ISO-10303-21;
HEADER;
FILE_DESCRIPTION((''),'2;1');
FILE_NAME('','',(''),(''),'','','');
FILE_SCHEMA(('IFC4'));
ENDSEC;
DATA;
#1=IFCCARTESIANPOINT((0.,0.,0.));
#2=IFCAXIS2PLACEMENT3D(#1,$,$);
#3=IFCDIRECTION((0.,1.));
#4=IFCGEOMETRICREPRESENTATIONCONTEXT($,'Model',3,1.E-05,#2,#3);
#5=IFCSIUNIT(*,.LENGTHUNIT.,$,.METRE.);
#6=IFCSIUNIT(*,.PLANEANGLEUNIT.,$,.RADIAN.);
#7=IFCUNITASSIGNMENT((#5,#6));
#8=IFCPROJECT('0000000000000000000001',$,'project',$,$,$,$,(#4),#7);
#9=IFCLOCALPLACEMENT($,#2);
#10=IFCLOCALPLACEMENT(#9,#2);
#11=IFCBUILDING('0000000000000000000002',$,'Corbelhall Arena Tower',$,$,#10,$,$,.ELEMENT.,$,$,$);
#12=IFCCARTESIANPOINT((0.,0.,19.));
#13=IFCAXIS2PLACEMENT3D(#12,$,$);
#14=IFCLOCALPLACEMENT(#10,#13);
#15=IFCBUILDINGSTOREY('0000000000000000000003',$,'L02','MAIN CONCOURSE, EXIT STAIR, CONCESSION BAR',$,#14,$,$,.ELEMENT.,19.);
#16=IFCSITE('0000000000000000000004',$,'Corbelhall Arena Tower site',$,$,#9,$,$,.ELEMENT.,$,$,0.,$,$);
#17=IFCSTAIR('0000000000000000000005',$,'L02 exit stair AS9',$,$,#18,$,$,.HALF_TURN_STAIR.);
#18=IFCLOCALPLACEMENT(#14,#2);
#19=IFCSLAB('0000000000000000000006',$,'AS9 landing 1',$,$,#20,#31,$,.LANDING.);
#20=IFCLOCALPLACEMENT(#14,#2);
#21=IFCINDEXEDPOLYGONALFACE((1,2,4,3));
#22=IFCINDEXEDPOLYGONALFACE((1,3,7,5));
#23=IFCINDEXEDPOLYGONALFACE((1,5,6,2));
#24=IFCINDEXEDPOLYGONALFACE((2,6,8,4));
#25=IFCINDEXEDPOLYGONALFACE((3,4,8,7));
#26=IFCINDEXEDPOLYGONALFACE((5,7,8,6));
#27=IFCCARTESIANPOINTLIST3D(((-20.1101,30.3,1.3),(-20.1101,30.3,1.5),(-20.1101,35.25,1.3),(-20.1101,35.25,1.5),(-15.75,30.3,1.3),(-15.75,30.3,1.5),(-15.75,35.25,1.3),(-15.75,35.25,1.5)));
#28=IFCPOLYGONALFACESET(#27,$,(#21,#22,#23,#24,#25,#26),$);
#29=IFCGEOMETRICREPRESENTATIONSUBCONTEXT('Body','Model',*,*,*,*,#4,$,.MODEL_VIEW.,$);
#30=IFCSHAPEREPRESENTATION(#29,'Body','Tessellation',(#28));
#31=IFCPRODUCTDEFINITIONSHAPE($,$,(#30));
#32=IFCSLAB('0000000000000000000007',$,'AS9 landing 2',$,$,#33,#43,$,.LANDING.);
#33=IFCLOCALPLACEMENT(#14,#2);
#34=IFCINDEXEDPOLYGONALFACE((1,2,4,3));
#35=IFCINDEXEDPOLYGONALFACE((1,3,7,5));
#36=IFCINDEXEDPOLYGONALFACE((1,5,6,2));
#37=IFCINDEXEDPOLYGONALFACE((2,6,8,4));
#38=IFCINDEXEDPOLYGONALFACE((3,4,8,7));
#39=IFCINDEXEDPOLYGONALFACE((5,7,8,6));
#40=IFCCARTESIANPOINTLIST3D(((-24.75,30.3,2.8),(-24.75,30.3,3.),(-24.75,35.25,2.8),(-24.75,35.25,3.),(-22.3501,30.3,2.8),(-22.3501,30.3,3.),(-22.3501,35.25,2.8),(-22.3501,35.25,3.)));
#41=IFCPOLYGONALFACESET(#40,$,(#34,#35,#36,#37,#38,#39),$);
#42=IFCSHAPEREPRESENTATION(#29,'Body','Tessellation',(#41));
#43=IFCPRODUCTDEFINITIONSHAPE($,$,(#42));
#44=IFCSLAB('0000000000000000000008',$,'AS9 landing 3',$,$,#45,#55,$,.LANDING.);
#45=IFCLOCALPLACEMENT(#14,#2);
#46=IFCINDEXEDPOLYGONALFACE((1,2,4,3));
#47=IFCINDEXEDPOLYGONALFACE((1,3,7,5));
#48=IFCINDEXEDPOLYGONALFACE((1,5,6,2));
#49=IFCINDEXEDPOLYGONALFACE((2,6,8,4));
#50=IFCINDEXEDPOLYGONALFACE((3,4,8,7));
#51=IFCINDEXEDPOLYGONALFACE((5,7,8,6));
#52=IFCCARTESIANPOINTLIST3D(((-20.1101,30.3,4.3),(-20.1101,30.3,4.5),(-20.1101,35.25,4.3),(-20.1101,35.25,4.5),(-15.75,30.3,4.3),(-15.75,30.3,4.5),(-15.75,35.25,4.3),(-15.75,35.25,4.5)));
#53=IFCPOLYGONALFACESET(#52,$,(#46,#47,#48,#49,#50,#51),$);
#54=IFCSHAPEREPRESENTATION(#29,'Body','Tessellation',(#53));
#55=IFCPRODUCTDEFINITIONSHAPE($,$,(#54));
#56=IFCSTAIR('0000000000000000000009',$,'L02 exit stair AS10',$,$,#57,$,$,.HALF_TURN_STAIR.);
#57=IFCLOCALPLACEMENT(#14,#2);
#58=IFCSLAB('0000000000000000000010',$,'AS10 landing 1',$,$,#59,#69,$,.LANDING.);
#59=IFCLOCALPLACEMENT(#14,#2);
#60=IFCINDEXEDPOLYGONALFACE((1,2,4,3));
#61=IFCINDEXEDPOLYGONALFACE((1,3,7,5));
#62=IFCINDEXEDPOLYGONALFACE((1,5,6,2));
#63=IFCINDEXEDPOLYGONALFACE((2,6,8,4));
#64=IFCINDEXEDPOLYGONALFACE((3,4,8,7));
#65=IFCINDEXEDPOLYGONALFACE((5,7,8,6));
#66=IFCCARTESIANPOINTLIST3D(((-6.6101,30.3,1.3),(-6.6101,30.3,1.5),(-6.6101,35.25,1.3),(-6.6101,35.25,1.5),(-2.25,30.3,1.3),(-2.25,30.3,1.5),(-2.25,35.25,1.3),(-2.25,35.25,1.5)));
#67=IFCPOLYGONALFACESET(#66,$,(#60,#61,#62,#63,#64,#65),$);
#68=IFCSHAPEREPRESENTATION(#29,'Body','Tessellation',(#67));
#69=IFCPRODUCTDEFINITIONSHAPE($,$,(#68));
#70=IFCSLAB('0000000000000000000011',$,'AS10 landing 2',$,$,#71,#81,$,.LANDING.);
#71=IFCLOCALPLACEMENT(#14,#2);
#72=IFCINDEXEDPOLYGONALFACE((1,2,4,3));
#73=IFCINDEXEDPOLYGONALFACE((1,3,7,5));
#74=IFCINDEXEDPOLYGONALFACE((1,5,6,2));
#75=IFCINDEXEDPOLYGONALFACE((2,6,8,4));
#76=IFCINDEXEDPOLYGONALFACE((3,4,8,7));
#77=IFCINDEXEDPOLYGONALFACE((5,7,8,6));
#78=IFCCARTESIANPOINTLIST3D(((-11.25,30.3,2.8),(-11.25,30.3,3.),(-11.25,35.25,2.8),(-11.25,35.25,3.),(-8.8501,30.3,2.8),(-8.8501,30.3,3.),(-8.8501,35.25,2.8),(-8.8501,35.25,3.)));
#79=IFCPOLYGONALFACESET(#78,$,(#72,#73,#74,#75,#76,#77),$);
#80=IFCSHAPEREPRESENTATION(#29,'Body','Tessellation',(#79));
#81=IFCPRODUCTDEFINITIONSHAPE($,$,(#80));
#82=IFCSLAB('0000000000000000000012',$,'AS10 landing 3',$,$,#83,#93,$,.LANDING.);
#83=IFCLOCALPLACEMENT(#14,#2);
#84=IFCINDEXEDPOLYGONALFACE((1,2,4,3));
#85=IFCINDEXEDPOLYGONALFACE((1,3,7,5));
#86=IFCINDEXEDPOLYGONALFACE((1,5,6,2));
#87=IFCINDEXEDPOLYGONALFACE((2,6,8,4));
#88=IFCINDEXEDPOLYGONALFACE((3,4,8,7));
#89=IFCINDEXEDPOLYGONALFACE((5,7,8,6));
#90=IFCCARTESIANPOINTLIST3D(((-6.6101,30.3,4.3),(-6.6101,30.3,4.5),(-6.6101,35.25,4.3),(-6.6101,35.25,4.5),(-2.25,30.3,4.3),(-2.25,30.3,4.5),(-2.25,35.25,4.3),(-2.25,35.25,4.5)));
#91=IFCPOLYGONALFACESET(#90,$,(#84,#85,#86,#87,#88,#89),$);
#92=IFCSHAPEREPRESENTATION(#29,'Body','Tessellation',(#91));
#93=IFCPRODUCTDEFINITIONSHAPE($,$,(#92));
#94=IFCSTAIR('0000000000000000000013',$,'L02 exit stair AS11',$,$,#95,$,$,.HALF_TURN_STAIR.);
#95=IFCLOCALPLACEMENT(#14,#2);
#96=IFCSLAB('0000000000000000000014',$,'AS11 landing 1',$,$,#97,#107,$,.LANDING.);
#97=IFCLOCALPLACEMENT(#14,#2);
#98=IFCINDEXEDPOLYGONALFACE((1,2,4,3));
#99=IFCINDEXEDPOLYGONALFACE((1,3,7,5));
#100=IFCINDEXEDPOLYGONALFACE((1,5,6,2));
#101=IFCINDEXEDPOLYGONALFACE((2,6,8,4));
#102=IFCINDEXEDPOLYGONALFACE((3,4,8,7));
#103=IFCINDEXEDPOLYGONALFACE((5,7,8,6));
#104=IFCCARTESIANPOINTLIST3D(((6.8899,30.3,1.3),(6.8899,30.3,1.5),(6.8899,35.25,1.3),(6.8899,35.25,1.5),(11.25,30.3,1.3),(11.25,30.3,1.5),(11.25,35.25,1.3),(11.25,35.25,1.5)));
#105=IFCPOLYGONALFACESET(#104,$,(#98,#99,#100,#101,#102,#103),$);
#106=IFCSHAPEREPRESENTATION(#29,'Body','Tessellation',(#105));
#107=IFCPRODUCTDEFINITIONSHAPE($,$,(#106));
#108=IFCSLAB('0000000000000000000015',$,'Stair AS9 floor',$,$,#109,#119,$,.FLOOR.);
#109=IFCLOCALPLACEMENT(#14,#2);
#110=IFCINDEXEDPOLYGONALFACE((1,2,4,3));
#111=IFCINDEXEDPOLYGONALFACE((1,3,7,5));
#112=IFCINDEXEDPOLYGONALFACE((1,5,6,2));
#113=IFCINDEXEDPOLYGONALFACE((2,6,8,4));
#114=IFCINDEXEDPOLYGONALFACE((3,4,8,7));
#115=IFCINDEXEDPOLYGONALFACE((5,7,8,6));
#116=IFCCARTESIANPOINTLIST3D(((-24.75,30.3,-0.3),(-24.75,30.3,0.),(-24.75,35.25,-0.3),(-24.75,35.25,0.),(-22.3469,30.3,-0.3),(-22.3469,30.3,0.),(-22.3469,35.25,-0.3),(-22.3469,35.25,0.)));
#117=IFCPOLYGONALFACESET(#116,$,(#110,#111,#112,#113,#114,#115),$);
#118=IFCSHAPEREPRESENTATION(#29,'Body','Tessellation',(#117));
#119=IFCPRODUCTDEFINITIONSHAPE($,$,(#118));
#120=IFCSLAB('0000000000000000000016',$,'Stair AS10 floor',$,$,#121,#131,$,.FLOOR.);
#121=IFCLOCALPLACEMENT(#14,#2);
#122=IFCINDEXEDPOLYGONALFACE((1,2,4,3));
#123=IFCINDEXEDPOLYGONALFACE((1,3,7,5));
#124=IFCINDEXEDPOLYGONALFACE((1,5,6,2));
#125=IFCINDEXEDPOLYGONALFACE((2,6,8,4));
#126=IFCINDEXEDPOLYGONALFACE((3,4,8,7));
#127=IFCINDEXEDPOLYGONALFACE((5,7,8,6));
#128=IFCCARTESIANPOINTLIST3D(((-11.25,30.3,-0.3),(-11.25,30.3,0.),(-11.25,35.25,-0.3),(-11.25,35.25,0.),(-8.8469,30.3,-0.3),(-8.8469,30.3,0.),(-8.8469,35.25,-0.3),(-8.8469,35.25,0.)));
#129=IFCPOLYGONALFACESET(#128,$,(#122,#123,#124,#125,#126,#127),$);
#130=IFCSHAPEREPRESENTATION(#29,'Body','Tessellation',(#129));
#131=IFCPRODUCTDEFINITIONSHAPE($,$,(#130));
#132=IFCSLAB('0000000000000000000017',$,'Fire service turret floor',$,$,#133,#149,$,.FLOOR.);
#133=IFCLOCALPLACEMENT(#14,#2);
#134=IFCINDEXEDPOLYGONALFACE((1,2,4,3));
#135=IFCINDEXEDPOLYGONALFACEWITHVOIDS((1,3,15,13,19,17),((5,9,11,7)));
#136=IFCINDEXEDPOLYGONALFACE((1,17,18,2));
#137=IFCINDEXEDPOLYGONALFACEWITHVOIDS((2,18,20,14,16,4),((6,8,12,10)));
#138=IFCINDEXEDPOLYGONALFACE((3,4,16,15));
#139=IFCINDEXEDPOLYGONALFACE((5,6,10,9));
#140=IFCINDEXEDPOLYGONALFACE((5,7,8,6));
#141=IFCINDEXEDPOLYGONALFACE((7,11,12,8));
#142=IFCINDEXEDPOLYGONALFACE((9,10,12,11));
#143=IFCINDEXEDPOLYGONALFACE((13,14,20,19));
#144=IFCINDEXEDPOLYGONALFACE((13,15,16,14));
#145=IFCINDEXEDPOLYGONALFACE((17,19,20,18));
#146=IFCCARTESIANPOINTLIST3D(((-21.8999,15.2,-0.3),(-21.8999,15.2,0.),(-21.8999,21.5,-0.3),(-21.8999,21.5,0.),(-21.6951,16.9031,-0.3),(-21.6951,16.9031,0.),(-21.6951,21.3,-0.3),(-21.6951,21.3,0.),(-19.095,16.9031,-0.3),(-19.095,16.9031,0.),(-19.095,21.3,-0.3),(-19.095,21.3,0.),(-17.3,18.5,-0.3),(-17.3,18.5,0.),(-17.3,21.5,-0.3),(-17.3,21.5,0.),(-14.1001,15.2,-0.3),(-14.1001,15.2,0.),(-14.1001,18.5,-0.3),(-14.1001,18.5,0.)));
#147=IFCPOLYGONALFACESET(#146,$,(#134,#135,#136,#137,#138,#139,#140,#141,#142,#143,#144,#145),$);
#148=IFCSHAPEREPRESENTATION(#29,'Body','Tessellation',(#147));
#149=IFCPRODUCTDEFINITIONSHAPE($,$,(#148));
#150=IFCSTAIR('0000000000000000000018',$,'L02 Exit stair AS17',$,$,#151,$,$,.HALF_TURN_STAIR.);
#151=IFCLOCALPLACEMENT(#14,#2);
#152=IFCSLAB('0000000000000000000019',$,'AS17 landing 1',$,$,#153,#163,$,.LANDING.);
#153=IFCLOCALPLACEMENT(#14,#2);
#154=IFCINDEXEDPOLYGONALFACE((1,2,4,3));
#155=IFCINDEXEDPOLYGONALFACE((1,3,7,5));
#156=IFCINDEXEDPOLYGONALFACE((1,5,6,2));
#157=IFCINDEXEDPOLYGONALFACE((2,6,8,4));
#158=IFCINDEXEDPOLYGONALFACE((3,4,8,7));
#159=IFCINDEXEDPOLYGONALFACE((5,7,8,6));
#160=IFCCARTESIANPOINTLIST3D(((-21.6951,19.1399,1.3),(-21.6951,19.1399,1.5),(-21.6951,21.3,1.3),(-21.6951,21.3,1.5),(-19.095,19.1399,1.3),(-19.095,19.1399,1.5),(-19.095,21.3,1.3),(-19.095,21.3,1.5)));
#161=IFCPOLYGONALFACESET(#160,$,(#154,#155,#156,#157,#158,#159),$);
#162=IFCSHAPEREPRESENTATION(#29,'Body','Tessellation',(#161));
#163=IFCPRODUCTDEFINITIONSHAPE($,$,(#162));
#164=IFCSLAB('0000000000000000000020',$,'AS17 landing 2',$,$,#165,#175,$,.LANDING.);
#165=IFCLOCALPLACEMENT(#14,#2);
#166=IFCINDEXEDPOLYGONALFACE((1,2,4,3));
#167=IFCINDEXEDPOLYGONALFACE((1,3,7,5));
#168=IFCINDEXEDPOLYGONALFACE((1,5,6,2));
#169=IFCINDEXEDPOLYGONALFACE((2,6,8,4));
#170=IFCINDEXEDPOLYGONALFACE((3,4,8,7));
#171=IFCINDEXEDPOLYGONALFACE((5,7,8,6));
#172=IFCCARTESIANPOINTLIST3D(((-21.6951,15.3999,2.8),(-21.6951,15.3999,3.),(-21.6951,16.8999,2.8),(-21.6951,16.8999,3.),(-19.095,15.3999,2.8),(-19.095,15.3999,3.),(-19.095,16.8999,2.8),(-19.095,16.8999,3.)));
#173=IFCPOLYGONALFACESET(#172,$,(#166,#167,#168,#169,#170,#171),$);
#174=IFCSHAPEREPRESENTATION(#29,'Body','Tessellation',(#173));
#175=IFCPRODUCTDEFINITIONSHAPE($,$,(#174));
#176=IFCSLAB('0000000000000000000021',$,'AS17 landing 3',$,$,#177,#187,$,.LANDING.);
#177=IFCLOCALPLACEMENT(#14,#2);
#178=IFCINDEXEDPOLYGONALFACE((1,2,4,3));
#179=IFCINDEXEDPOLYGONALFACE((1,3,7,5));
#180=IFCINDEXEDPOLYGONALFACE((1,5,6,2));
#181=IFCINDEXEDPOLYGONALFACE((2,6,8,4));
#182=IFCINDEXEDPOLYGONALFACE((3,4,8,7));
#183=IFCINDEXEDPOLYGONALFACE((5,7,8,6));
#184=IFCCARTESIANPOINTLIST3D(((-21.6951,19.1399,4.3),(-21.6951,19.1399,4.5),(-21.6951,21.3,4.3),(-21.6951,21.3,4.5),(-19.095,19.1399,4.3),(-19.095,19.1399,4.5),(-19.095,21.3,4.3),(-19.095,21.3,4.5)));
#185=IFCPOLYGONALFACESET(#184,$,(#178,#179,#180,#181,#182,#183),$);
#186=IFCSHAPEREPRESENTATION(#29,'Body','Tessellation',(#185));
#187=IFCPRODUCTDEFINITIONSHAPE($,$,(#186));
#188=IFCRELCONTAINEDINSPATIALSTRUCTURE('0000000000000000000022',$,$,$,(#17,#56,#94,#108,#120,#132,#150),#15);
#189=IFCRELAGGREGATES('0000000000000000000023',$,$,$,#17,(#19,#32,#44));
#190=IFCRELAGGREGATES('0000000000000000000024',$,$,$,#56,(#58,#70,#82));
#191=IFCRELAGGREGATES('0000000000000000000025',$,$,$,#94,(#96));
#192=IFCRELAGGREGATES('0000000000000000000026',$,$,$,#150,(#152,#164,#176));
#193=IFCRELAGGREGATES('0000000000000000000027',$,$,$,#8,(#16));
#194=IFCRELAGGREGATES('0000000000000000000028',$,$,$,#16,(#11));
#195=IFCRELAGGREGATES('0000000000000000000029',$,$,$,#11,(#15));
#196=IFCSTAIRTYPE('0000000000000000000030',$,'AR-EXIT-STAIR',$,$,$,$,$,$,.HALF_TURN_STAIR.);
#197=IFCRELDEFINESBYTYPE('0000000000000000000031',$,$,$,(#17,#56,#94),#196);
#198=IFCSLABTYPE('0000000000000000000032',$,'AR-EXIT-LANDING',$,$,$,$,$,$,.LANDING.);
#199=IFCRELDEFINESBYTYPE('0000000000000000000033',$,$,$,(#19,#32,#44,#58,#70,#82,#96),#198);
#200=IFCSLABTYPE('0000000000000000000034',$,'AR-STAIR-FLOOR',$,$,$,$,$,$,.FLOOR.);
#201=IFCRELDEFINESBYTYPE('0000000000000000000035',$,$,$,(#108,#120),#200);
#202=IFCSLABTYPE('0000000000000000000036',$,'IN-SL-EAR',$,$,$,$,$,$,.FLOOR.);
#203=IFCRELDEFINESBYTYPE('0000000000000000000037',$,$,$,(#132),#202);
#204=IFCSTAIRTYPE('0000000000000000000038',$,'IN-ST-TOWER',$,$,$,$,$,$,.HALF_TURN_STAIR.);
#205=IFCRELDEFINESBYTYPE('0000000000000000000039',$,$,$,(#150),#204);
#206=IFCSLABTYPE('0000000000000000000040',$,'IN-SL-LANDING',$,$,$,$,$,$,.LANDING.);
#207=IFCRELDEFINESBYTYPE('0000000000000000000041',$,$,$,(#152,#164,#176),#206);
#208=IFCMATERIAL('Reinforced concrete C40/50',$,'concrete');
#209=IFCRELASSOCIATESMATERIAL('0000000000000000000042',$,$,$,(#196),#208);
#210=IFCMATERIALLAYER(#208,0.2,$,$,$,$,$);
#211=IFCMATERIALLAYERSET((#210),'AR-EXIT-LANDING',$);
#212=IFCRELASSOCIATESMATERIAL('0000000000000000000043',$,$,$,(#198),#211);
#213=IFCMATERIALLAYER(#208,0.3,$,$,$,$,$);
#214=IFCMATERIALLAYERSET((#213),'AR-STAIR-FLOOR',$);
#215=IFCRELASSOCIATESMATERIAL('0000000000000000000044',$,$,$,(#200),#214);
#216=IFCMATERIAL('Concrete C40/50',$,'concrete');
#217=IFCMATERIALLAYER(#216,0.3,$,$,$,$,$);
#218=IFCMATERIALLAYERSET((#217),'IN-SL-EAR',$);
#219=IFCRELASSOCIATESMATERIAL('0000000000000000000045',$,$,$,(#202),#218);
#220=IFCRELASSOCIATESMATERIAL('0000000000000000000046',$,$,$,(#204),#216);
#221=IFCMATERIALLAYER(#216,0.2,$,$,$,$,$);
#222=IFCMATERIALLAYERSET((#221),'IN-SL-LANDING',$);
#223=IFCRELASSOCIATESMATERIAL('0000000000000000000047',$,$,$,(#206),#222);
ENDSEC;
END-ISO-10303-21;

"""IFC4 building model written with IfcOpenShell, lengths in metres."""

from ifc_helpers import new_model, si_unit, direction, frame, origin, place, context, subcontext, project, spatial, polyline, outline, extrude, material, layer, layer_set, type_object, element, aggregate, save


model = new_model("IFC4")

# Units and contexts
model_context = context("Model", 3, precision=1e-05, world=origin(), true_north=direction((0.0, 1.0)))
body_context = subcontext(model_context, "Body", "Model", "MODEL_VIEW")
ifc_project = project(units=[si_unit("LENGTHUNIT", "METRE"), si_unit("PLANEANGLEUNIT", "RADIAN")], contexts=[model_context])

# Site, building, storey
site_placement = place(None, origin())
site = spatial("IfcSite", under=ifc_project, at=site_placement, Name="Corbelhall Arena Tower site", CompositionType="ELEMENT", RefElevation=0.0)
building_placement = place(site_placement, origin())
building = spatial("IfcBuilding", under=site, at=building_placement, Name="Corbelhall Arena Tower", CompositionType="ELEMENT")
storey_placement = place(building_placement, frame((0.0, 0.0, 19.0)))
storey = spatial("IfcBuildingStorey", under=building, at=storey_placement, Name="L02", Description="MAIN CONCOURSE, EXIT STAIR, CONCESSION BAR", CompositionType="ELEMENT", Elevation=19.0)

# Stairs, slabs
ifc_material_1 = material(Name="Reinforced concrete C40/50", Category="concrete")
stair_type_1 = type_object("IfcStairType", Name="AR-EXIT-STAIR", PredefinedType="HALF_TURN_STAIR", material=ifc_material_1)
stair_1_placement = place(storey_placement, origin())
stair_1 = element("IfcStair", 1, at=stair_1_placement, inside=storey, type_object=stair_type_1, Name="L02 exit stair AS9", PredefinedType="HALF_TURN_STAIR")
ifc_layer_1 = layer(ifc_material_1, 0.2)
ifc_layer_set_1 = layer_set([ifc_layer_1], Name="AR-EXIT-LANDING")
slab_type_1 = type_object("IfcSlabType", Name="AR-EXIT-LANDING", PredefinedType="LANDING", material=ifc_layer_set_1)
slab_1_placement = place(storey_placement, frame((0.0, 0.0, 1.3)))
slab_1 = element("IfcSlab", 2, at=slab_1_placement, type_object=slab_type_1, Name="AS9 landing 1", PredefinedType="LANDING", context=body_context, shape_type="SweptSolid", body=[
    extrude(outline(polyline([(-20.1101, 30.3), (-15.75, 30.3), (-15.75, 35.25), (-20.1101, 35.25), (-20.1101, 30.3)])), origin(), (0.0, 0.0, 1.0), 0.2),
])
slab_2_placement = place(storey_placement, frame((0.0, 0.0, 2.8)))
slab_2 = element("IfcSlab", 3, at=slab_2_placement, type_object=slab_type_1, Name="AS9 landing 2", PredefinedType="LANDING", context=body_context, shape_type="SweptSolid", body=[
    extrude(outline(polyline([(-24.75, 30.3), (-22.3501, 30.3), (-22.3501, 35.25), (-24.75, 35.25), (-24.75, 30.3)])), origin(), (0.0, 0.0, 1.0), 0.2),
])
slab_3_placement = place(storey_placement, frame((0.0, 0.0, 4.3)))
slab_3 = element("IfcSlab", 4, at=slab_3_placement, type_object=slab_type_1, Name="AS9 landing 3", PredefinedType="LANDING", context=body_context, shape_type="SweptSolid", body=[
    extrude(outline(polyline([(-20.1101, 30.3), (-15.75, 30.3), (-15.75, 35.25), (-20.1101, 35.25), (-20.1101, 30.3)])), origin(), (0.0, 0.0, 1.0), 0.2),
])
aggregate(stair_1, [slab_1, slab_2, slab_3])
stair_2_placement = place(storey_placement, origin())
stair_2 = element("IfcStair", 5, at=stair_2_placement, inside=storey, type_object=stair_type_1, Name="L02 exit stair AS10", PredefinedType="HALF_TURN_STAIR")
slab_4_placement = place(storey_placement, frame((0.0, 0.0, 1.3)))
slab_4 = element("IfcSlab", 6, at=slab_4_placement, type_object=slab_type_1, Name="AS10 landing 1", PredefinedType="LANDING", context=body_context, shape_type="SweptSolid", body=[
    extrude(outline(polyline([(-6.6101, 30.3), (-2.25, 30.3), (-2.25, 35.25), (-6.6101, 35.25), (-6.6101, 30.3)])), origin(), (0.0, 0.0, 1.0), 0.2),
])
slab_5_placement = place(storey_placement, frame((0.0, 0.0, 2.8)))
slab_5 = element("IfcSlab", 7, at=slab_5_placement, type_object=slab_type_1, Name="AS10 landing 2", PredefinedType="LANDING", context=body_context, shape_type="SweptSolid", body=[
    extrude(outline(polyline([(-11.25, 30.3), (-8.8501, 30.3), (-8.8501, 35.25), (-11.25, 35.25), (-11.25, 30.3)])), origin(), (0.0, 0.0, 1.0), 0.2),
])
slab_6_placement = place(storey_placement, frame((0.0, 0.0, 4.3)))
slab_6 = element("IfcSlab", 8, at=slab_6_placement, type_object=slab_type_1, Name="AS10 landing 3", PredefinedType="LANDING", context=body_context, shape_type="SweptSolid", body=[
    extrude(outline(polyline([(-6.6101, 30.3), (-2.25, 30.3), (-2.25, 35.25), (-6.6101, 35.25), (-6.6101, 30.3)])), origin(), (0.0, 0.0, 1.0), 0.2),
])
aggregate(stair_2, [slab_4, slab_5, slab_6])

# Stair, slab
stair_3_placement = place(storey_placement, origin())
stair_3 = element("IfcStair", 9, at=stair_3_placement, inside=storey, type_object=stair_type_1, Name="L02 exit stair AS11", PredefinedType="HALF_TURN_STAIR")
slab_7_placement = place(storey_placement, frame((0.0, 0.0, 1.3)))
slab_7 = element("IfcSlab", 10, at=slab_7_placement, type_object=slab_type_1, Name="AS11 landing 1", PredefinedType="LANDING", context=body_context, shape_type="SweptSolid", body=[
    extrude(outline(polyline([(6.8899, 30.3), (11.25, 30.3), (11.25, 35.25), (6.8899, 35.25), (6.8899, 30.3)])), origin(), (0.0, 0.0, 1.0), 0.2),
])
aggregate(stair_3, [slab_7])

# Slabs
ifc_layer_2 = layer(ifc_material_1, 0.3)
ifc_layer_set_2 = layer_set([ifc_layer_2], Name="AR-STAIR-FLOOR")
slab_type_2 = type_object("IfcSlabType", Name="AR-STAIR-FLOOR", PredefinedType="FLOOR", material=ifc_layer_set_2)
slab_8_placement = place(storey_placement, frame((0.0, 0.0, -0.3)))
element("IfcSlab", 11, at=slab_8_placement, inside=storey, type_object=slab_type_2, Name="Stair AS9 floor", PredefinedType="FLOOR", context=body_context, shape_type="SweptSolid", body=[
    extrude(outline(polyline([(-24.75, 30.3), (-24.75, 35.25), (-22.3469, 35.25), (-22.3469, 30.3), (-24.75, 30.3)])), origin(), (0.0, 0.0, 1.0), 0.3),
])
slab_9_placement = place(storey_placement, frame((0.0, 0.0, -0.3)))
element("IfcSlab", 12, at=slab_9_placement, inside=storey, type_object=slab_type_2, Name="Stair AS10 floor", PredefinedType="FLOOR", context=body_context, shape_type="SweptSolid", body=[
    extrude(outline(polyline([(-11.25, 30.3), (-11.25, 35.25), (-8.8469, 35.25), (-8.8469, 30.3), (-11.25, 30.3)])), origin(), (0.0, 0.0, 1.0), 0.3),
])
ifc_material_2 = material(Name="Concrete C40/50", Category="concrete")
ifc_layer_3 = layer(ifc_material_2, 0.3)
ifc_layer_set_3 = layer_set([ifc_layer_3], Name="IN-SL-EAR")
slab_type_3 = type_object("IfcSlabType", Name="IN-SL-EAR", PredefinedType="FLOOR", material=ifc_layer_set_3)
slab_10_placement = place(storey_placement, frame((0.0, 0.0, -0.3)))
element("IfcSlab", 13, at=slab_10_placement, inside=storey, type_object=slab_type_3, Name="Fire service turret floor", PredefinedType="FLOOR", context=body_context, shape_type="SweptSolid", body=[
    extrude(outline(polyline([(-21.8999, 15.2), (-14.1001, 15.2), (-14.1001, 18.5), (-17.3, 18.5), (-17.3, 21.5), (-21.8999, 21.5), (-21.8999, 15.2)]), holes=[polyline([(-19.095, 21.3), (-21.6951, 21.3), (-21.6951, 16.9031), (-19.095, 16.9031), (-19.095, 21.3)])]), origin(), (0.0, 0.0, 1.0), 0.3),
])

# Stair, slabs
stair_type_2 = type_object("IfcStairType", Name="IN-ST-TOWER", PredefinedType="HALF_TURN_STAIR", material=ifc_material_2)
stair_4_placement = place(storey_placement, origin())
stair_4 = element("IfcStair", 14, at=stair_4_placement, inside=storey, type_object=stair_type_2, Name="L02 Exit stair AS17", PredefinedType="HALF_TURN_STAIR")
ifc_layer_4 = layer(ifc_material_2, 0.2)
ifc_layer_set_4 = layer_set([ifc_layer_4], Name="IN-SL-LANDING")
slab_type_4 = type_object("IfcSlabType", Name="IN-SL-LANDING", PredefinedType="LANDING", material=ifc_layer_set_4)
slab_11_placement = place(storey_placement, frame((0.0, 0.0, 1.3)))
slab_11 = element("IfcSlab", 15, at=slab_11_placement, type_object=slab_type_4, Name="AS17 landing 1", PredefinedType="LANDING", context=body_context, shape_type="SweptSolid", body=[
    extrude(outline(polyline([(-19.095, 19.1399), (-19.095, 21.3), (-21.6951, 21.3), (-21.6951, 19.1399), (-19.095, 19.1399)])), origin(), (0.0, 0.0, 1.0), 0.2),
])
slab_12_placement = place(storey_placement, frame((0.0, 0.0, 2.8)))
slab_12 = element("IfcSlab", 16, at=slab_12_placement, type_object=slab_type_4, Name="AS17 landing 2", PredefinedType="LANDING", context=body_context, shape_type="SweptSolid", body=[
    extrude(outline(polyline([(-19.095, 15.3999), (-19.095, 16.8999), (-21.6951, 16.8999), (-21.6951, 15.3999), (-19.095, 15.3999)])), origin(), (0.0, 0.0, 1.0), 0.2),
])
slab_13_placement = place(storey_placement, frame((0.0, 0.0, 4.3)))
slab_13 = element("IfcSlab", 17, at=slab_13_placement, type_object=slab_type_4, Name="AS17 landing 3", PredefinedType="LANDING", context=body_context, shape_type="SweptSolid", body=[
    extrude(outline(polyline([(-19.095, 19.1399), (-19.095, 21.3), (-21.6951, 21.3), (-21.6951, 19.1399), (-19.095, 19.1399)])), origin(), (0.0, 0.0, 1.0), 0.2),
])
aggregate(stair_4, [slab_11, slab_12, slab_13])

save(model, "model.ifc")
